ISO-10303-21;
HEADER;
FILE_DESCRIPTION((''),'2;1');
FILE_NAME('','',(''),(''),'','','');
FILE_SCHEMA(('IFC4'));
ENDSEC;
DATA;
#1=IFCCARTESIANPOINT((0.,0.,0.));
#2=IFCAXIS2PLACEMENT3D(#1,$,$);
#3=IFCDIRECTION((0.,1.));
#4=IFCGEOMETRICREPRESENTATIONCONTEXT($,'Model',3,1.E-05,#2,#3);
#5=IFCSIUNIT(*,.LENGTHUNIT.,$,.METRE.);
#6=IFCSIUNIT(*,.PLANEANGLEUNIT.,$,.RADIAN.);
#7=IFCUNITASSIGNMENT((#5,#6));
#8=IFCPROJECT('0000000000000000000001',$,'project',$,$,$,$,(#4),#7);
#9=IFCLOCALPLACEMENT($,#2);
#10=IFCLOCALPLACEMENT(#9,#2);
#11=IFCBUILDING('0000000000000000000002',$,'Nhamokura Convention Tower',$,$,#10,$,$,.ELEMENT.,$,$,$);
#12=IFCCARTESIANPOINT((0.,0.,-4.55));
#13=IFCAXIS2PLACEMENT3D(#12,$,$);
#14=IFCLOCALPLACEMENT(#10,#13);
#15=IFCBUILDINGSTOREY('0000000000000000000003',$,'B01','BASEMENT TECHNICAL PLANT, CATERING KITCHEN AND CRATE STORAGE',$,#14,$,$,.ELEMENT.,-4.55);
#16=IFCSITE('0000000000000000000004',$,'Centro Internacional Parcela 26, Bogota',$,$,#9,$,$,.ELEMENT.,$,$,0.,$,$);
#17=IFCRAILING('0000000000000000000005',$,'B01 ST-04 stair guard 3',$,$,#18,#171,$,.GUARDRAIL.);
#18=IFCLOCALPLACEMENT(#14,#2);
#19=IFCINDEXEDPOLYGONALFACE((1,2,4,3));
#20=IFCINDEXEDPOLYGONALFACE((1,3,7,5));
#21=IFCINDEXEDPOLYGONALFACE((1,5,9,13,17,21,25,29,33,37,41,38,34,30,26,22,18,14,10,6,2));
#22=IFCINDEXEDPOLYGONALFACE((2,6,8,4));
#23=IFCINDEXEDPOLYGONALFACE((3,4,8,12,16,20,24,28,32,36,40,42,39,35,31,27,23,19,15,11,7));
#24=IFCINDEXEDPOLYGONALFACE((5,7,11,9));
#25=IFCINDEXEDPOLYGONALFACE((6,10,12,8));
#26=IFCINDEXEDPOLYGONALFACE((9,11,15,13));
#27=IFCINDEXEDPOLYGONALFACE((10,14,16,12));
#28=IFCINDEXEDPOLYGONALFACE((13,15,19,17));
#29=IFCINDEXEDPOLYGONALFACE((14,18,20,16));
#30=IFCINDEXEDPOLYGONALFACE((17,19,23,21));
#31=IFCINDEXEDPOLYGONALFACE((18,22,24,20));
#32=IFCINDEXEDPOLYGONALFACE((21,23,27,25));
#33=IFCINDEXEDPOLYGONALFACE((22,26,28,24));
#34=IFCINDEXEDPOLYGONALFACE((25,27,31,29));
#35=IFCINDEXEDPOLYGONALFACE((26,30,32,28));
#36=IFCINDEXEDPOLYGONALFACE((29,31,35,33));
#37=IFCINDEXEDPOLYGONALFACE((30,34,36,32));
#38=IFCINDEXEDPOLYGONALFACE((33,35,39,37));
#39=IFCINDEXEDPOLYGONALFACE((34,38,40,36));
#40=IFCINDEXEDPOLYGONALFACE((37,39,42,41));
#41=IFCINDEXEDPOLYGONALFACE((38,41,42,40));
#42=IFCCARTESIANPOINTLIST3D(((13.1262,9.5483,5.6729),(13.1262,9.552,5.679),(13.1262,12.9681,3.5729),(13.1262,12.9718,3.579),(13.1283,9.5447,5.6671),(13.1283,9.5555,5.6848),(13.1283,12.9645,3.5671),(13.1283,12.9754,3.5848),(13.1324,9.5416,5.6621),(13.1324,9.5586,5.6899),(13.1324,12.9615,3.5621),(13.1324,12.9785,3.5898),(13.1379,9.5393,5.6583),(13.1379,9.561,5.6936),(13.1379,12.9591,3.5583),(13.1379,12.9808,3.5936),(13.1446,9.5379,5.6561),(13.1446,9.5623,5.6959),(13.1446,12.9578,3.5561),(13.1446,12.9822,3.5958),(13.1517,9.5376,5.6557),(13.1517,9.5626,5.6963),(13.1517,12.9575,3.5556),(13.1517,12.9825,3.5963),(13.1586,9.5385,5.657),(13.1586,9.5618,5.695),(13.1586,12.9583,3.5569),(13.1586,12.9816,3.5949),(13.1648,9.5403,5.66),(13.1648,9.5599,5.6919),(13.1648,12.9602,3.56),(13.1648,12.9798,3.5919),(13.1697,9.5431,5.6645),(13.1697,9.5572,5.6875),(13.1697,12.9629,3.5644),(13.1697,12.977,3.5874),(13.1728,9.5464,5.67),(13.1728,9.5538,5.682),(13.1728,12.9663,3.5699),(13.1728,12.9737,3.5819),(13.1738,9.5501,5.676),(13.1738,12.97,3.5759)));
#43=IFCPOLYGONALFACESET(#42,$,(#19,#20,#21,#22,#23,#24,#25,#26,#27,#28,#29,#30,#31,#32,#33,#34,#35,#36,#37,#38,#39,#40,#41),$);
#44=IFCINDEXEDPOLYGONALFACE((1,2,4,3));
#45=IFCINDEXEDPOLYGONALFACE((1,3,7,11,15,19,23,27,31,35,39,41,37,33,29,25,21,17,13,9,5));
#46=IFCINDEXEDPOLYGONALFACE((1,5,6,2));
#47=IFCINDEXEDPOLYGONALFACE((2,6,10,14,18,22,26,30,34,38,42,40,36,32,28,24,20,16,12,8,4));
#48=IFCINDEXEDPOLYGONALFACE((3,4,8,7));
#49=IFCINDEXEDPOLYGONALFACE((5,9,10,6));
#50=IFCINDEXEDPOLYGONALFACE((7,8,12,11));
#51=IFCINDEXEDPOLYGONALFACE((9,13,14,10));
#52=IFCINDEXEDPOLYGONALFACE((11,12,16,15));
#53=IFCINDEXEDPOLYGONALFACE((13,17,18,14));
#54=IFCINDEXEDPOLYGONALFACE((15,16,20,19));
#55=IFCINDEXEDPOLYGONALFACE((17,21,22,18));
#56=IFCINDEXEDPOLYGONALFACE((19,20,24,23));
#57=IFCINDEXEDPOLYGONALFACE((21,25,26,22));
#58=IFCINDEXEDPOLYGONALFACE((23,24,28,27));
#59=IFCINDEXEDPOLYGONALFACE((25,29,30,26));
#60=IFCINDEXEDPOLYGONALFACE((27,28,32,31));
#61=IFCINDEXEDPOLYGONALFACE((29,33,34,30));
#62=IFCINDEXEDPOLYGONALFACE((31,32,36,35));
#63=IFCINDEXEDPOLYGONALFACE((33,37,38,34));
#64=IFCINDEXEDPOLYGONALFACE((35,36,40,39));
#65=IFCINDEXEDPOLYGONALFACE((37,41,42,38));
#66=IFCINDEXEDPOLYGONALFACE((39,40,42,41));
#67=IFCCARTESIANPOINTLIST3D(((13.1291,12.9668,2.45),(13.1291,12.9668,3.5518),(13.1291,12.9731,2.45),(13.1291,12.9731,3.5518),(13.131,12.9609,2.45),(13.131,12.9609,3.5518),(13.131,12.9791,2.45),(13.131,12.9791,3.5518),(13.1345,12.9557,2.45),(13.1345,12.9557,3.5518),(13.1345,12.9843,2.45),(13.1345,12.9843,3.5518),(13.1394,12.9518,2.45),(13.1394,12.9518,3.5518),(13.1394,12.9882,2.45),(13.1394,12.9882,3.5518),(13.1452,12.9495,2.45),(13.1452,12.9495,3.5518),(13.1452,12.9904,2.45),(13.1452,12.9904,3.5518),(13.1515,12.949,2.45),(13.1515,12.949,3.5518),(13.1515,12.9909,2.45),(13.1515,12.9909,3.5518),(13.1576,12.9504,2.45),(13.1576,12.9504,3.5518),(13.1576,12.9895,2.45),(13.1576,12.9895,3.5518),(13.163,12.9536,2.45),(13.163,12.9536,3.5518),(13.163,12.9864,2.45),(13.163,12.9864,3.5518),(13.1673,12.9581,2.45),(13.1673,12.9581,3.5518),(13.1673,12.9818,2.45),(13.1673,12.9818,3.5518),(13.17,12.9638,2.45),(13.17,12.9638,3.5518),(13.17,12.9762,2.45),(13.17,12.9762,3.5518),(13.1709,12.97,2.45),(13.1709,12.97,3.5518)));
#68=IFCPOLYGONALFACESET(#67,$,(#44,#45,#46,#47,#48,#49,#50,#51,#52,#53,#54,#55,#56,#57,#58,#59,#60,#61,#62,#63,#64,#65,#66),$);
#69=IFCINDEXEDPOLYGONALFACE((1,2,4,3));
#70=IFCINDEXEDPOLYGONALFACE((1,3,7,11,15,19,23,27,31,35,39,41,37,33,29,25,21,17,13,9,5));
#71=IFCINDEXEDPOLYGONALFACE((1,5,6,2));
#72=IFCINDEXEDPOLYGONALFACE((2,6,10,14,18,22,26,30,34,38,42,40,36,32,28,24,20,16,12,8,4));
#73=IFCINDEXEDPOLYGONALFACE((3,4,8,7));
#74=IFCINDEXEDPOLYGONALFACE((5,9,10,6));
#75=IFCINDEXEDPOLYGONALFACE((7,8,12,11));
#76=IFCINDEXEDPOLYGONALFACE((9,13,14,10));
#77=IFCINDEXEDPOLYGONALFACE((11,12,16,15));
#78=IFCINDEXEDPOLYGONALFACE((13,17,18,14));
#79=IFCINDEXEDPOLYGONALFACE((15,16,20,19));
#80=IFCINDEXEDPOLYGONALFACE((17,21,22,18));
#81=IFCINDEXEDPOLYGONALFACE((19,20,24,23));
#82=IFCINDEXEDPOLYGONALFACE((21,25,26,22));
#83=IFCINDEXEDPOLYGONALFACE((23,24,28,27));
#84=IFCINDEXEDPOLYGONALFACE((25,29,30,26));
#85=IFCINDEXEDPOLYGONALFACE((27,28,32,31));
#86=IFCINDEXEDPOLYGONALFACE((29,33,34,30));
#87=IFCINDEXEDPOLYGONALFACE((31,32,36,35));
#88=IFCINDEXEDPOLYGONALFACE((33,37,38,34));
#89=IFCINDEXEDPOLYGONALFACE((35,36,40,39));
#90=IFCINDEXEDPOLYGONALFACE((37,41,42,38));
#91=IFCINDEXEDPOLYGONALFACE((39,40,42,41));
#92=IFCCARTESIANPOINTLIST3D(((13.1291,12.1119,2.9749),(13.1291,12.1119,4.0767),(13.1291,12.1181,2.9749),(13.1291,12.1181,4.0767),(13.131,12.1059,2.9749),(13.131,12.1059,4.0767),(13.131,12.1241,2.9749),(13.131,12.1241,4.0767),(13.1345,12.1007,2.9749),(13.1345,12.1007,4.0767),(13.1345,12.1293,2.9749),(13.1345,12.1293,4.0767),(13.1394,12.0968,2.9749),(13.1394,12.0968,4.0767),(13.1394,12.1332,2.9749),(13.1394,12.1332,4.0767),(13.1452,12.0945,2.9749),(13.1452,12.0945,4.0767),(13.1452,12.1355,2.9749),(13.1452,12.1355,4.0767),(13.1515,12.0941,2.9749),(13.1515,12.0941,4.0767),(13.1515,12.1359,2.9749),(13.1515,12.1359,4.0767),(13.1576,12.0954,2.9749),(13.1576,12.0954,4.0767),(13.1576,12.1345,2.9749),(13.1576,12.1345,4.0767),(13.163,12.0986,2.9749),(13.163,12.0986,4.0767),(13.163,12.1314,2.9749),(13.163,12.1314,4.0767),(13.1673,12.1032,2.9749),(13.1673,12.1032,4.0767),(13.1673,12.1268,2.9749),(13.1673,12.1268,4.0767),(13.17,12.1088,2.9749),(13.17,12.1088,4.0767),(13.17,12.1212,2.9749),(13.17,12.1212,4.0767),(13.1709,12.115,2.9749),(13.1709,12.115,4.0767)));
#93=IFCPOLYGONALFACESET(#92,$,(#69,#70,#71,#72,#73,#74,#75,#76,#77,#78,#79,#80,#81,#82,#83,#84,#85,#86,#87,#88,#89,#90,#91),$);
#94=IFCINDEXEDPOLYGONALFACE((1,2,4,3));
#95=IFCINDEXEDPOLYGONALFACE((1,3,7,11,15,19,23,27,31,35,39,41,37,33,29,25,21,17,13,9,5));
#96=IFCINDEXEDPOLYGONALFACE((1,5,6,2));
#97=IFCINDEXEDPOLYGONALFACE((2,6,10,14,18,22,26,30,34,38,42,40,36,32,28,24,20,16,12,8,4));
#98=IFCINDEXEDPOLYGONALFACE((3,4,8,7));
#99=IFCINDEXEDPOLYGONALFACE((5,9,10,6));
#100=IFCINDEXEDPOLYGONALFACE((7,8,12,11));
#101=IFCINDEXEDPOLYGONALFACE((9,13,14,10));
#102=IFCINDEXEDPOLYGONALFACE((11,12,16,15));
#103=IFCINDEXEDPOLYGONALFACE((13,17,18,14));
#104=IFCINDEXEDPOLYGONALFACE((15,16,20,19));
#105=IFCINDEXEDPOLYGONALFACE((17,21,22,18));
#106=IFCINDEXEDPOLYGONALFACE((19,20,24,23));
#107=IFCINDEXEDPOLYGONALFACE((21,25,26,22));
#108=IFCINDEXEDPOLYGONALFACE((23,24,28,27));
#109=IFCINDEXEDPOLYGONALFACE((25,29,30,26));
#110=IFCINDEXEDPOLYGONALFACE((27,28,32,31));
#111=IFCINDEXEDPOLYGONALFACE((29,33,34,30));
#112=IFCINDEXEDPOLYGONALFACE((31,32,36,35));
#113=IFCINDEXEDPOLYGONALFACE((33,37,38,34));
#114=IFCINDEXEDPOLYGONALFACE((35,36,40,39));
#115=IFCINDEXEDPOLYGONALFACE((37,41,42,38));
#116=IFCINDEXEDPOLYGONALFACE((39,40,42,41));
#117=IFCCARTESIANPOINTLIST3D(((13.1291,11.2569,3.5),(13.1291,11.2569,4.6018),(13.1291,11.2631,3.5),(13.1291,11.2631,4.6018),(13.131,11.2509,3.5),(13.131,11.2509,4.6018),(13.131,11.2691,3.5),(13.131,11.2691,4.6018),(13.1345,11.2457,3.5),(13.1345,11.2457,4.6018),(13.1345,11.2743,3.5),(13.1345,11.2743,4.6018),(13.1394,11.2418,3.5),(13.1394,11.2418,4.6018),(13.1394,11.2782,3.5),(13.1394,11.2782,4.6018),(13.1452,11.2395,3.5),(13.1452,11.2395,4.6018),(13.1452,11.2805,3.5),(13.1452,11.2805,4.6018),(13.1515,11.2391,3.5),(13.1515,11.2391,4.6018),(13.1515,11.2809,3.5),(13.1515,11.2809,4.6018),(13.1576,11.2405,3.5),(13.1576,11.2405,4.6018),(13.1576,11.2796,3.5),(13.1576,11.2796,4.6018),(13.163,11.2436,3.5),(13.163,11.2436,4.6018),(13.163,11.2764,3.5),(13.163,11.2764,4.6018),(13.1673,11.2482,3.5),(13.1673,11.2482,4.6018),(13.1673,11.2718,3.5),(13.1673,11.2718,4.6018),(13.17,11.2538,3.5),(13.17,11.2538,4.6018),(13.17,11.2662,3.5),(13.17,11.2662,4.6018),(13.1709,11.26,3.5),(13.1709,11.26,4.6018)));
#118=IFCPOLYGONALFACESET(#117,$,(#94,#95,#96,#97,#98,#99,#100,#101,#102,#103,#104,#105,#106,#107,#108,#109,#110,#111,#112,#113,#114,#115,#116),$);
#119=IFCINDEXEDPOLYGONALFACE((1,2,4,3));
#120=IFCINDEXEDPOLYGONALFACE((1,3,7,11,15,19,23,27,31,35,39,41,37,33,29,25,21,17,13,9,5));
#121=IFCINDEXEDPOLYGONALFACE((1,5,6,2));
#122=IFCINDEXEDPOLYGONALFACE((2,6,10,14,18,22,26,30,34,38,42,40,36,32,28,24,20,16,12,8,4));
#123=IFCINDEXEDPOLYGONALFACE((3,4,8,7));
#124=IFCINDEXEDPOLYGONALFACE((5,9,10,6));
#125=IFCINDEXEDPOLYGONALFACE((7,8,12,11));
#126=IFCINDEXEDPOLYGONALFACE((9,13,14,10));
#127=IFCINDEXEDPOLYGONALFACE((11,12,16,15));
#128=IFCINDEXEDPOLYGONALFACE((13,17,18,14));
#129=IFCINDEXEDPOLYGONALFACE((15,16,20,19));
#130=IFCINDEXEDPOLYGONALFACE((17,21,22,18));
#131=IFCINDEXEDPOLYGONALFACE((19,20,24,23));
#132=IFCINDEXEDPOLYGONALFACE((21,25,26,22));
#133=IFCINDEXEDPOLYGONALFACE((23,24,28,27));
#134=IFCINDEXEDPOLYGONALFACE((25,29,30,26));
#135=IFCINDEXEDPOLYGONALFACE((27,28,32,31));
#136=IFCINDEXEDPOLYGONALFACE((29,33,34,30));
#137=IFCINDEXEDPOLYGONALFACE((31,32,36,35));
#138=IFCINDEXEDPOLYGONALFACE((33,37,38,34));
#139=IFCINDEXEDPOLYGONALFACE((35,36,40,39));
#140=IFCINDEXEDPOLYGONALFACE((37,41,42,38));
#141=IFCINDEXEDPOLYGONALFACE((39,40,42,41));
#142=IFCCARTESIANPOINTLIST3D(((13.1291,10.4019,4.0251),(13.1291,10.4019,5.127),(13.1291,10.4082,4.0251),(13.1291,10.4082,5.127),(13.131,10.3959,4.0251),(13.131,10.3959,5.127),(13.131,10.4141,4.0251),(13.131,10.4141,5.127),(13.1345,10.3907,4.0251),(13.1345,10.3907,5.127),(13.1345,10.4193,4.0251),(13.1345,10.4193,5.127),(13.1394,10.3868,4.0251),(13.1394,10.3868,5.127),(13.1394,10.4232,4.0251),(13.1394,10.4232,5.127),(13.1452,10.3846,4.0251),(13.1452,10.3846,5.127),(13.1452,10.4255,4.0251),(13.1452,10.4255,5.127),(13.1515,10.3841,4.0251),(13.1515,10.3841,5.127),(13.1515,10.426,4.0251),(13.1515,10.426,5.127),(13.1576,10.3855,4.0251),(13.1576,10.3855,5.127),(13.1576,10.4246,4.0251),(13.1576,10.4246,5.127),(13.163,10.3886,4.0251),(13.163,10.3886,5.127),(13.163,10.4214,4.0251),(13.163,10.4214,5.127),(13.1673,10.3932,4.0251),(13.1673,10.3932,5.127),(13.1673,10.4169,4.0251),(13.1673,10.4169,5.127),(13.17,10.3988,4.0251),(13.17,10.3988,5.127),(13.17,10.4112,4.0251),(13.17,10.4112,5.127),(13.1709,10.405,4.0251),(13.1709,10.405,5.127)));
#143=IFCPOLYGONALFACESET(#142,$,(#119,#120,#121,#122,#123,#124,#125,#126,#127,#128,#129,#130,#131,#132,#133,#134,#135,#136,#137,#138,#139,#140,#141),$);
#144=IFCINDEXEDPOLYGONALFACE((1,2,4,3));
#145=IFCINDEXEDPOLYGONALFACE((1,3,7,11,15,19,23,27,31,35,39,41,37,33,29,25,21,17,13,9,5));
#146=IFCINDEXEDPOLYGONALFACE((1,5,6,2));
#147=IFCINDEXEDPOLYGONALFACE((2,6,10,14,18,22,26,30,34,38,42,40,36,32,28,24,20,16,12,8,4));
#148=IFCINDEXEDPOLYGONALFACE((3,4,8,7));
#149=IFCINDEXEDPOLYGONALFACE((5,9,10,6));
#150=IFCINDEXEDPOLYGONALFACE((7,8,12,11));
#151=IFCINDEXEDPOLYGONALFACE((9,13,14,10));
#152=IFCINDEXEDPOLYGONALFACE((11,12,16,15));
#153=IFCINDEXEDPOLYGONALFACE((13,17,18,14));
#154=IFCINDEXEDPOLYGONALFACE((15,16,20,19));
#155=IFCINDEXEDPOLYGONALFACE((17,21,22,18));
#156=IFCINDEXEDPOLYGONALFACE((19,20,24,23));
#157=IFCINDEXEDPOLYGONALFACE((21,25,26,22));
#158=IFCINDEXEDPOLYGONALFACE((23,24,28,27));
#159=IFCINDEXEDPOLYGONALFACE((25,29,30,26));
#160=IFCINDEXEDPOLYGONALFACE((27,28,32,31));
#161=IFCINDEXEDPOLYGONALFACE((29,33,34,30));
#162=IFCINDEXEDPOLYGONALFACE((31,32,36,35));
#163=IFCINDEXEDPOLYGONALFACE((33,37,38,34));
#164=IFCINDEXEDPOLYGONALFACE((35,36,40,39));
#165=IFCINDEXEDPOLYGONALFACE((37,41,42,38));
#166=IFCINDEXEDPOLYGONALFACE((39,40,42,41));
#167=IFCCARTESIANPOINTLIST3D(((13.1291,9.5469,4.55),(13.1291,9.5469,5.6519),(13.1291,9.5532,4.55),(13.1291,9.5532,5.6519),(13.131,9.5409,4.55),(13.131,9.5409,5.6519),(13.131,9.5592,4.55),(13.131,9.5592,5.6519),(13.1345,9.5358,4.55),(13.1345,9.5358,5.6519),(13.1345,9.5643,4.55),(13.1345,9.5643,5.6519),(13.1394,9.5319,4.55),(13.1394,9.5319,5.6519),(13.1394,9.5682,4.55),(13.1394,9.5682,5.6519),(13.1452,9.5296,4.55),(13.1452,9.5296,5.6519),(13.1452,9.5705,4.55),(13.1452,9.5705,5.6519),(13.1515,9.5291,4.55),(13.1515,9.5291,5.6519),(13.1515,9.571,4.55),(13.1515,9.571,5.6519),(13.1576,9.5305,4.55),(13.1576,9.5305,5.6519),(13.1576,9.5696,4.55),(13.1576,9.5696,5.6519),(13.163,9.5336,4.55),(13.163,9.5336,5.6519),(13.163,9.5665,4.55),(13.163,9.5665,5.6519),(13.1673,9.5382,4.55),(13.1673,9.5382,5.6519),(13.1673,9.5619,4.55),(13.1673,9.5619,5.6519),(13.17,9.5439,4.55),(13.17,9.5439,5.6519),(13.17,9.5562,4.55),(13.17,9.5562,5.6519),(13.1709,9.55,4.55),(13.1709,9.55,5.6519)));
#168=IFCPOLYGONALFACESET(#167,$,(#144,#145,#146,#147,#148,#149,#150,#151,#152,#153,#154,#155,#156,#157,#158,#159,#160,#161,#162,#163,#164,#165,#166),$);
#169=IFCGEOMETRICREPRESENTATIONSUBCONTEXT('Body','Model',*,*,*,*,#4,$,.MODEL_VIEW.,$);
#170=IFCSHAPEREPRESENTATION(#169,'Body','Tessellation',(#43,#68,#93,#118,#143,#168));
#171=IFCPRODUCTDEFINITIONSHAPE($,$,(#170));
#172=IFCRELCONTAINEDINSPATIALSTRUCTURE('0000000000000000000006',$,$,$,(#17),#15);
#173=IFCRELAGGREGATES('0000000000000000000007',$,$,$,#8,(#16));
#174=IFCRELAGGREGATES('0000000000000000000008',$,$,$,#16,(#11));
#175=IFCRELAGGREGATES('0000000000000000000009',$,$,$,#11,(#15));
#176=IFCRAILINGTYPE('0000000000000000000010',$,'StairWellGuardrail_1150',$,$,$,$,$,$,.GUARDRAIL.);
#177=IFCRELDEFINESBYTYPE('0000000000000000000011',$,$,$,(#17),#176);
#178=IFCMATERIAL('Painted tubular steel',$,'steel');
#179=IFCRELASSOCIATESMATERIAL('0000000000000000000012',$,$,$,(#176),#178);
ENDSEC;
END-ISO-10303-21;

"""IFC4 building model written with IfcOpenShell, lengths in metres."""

from ifc_helpers import new_model, si_unit, direction, frame, origin, origin_2d, place, context, subcontext, project, spatial, circle, extrude, material, type_object, element, save


model = new_model("IFC4")

# Units and contexts
model_context = context("Model", 3, precision=1e-05, world=origin(), true_north=direction((0.0, 1.0)))
body_context = subcontext(model_context, "Body", "Model", "MODEL_VIEW")
ifc_project = project(units=[si_unit("LENGTHUNIT", "METRE"), si_unit("PLANEANGLEUNIT", "RADIAN")], contexts=[model_context])

# Site, building, storey
site_placement = place(None, origin())
site = spatial("IfcSite", under=ifc_project, at=site_placement, Name="Centro Internacional Parcela 26, Bogota", CompositionType="ELEMENT", RefElevation=0.0)
building_placement = place(site_placement, origin())
building = spatial("IfcBuilding", under=site, at=building_placement, Name="Nhamokura Convention Tower", CompositionType="ELEMENT")
storey_placement = place(building_placement, frame((0.0, 0.0, -4.55)))
storey = spatial("IfcBuildingStorey", under=building, at=storey_placement, Name="B01", Description="BASEMENT TECHNICAL PLANT, CATERING KITCHEN AND CRATE STORAGE", CompositionType="ELEMENT", Elevation=-4.55)

# Railing
ifc_material_1 = material(Name="Painted tubular steel", Category="steel")
railing_type_1 = type_object("IfcRailingType", Name="StairWellGuardrail_1150", PredefinedType="GUARDRAIL", material=ifc_material_1)
railing_1_placement = place(storey_placement, frame((13.1499, 12.97, 2.45)))
element("IfcRailing", 1, at=railing_1_placement, inside=storey, type_object=railing_type_1, Name="B01 ST-04 stair guard 3", PredefinedType="GUARDRAIL", context=body_context, shape_type="SweptSolid", body=[
    extrude(circle(Radius=0.0239, at=origin_2d()), frame((0.0, 0.0, 1.126), z_axis=(0.0, -0.852155, 0.523289), x_axis=(1.0, 0.0, 0.0)), (0.0, 0.0, 1.0), 4.0132),
    extrude(circle(Radius=0.021, at=origin_2d()), origin(), (0.0, 0.0, 1.0), 1.1018),
    extrude(circle(Radius=0.021, at=origin_2d()), frame((0.0, -0.855, 0.5249)), (0.0, 0.0, 1.0), 1.1018),
    extrude(circle(Radius=0.021, at=origin_2d()), frame((0.0, -1.71, 1.05)), (0.0, 0.0, 1.0), 1.1018),
    extrude(circle(Radius=0.021, at=origin_2d()), frame((0.0, -2.5649, 1.5752)), (0.0, 0.0, 1.0), 1.1018),
    extrude(circle(Radius=0.021, at=origin_2d()), frame((0.0, -3.4199, 2.1001)), (0.0, 0.0, 1.0), 1.1018),
])

save(model, "model.ifc")
